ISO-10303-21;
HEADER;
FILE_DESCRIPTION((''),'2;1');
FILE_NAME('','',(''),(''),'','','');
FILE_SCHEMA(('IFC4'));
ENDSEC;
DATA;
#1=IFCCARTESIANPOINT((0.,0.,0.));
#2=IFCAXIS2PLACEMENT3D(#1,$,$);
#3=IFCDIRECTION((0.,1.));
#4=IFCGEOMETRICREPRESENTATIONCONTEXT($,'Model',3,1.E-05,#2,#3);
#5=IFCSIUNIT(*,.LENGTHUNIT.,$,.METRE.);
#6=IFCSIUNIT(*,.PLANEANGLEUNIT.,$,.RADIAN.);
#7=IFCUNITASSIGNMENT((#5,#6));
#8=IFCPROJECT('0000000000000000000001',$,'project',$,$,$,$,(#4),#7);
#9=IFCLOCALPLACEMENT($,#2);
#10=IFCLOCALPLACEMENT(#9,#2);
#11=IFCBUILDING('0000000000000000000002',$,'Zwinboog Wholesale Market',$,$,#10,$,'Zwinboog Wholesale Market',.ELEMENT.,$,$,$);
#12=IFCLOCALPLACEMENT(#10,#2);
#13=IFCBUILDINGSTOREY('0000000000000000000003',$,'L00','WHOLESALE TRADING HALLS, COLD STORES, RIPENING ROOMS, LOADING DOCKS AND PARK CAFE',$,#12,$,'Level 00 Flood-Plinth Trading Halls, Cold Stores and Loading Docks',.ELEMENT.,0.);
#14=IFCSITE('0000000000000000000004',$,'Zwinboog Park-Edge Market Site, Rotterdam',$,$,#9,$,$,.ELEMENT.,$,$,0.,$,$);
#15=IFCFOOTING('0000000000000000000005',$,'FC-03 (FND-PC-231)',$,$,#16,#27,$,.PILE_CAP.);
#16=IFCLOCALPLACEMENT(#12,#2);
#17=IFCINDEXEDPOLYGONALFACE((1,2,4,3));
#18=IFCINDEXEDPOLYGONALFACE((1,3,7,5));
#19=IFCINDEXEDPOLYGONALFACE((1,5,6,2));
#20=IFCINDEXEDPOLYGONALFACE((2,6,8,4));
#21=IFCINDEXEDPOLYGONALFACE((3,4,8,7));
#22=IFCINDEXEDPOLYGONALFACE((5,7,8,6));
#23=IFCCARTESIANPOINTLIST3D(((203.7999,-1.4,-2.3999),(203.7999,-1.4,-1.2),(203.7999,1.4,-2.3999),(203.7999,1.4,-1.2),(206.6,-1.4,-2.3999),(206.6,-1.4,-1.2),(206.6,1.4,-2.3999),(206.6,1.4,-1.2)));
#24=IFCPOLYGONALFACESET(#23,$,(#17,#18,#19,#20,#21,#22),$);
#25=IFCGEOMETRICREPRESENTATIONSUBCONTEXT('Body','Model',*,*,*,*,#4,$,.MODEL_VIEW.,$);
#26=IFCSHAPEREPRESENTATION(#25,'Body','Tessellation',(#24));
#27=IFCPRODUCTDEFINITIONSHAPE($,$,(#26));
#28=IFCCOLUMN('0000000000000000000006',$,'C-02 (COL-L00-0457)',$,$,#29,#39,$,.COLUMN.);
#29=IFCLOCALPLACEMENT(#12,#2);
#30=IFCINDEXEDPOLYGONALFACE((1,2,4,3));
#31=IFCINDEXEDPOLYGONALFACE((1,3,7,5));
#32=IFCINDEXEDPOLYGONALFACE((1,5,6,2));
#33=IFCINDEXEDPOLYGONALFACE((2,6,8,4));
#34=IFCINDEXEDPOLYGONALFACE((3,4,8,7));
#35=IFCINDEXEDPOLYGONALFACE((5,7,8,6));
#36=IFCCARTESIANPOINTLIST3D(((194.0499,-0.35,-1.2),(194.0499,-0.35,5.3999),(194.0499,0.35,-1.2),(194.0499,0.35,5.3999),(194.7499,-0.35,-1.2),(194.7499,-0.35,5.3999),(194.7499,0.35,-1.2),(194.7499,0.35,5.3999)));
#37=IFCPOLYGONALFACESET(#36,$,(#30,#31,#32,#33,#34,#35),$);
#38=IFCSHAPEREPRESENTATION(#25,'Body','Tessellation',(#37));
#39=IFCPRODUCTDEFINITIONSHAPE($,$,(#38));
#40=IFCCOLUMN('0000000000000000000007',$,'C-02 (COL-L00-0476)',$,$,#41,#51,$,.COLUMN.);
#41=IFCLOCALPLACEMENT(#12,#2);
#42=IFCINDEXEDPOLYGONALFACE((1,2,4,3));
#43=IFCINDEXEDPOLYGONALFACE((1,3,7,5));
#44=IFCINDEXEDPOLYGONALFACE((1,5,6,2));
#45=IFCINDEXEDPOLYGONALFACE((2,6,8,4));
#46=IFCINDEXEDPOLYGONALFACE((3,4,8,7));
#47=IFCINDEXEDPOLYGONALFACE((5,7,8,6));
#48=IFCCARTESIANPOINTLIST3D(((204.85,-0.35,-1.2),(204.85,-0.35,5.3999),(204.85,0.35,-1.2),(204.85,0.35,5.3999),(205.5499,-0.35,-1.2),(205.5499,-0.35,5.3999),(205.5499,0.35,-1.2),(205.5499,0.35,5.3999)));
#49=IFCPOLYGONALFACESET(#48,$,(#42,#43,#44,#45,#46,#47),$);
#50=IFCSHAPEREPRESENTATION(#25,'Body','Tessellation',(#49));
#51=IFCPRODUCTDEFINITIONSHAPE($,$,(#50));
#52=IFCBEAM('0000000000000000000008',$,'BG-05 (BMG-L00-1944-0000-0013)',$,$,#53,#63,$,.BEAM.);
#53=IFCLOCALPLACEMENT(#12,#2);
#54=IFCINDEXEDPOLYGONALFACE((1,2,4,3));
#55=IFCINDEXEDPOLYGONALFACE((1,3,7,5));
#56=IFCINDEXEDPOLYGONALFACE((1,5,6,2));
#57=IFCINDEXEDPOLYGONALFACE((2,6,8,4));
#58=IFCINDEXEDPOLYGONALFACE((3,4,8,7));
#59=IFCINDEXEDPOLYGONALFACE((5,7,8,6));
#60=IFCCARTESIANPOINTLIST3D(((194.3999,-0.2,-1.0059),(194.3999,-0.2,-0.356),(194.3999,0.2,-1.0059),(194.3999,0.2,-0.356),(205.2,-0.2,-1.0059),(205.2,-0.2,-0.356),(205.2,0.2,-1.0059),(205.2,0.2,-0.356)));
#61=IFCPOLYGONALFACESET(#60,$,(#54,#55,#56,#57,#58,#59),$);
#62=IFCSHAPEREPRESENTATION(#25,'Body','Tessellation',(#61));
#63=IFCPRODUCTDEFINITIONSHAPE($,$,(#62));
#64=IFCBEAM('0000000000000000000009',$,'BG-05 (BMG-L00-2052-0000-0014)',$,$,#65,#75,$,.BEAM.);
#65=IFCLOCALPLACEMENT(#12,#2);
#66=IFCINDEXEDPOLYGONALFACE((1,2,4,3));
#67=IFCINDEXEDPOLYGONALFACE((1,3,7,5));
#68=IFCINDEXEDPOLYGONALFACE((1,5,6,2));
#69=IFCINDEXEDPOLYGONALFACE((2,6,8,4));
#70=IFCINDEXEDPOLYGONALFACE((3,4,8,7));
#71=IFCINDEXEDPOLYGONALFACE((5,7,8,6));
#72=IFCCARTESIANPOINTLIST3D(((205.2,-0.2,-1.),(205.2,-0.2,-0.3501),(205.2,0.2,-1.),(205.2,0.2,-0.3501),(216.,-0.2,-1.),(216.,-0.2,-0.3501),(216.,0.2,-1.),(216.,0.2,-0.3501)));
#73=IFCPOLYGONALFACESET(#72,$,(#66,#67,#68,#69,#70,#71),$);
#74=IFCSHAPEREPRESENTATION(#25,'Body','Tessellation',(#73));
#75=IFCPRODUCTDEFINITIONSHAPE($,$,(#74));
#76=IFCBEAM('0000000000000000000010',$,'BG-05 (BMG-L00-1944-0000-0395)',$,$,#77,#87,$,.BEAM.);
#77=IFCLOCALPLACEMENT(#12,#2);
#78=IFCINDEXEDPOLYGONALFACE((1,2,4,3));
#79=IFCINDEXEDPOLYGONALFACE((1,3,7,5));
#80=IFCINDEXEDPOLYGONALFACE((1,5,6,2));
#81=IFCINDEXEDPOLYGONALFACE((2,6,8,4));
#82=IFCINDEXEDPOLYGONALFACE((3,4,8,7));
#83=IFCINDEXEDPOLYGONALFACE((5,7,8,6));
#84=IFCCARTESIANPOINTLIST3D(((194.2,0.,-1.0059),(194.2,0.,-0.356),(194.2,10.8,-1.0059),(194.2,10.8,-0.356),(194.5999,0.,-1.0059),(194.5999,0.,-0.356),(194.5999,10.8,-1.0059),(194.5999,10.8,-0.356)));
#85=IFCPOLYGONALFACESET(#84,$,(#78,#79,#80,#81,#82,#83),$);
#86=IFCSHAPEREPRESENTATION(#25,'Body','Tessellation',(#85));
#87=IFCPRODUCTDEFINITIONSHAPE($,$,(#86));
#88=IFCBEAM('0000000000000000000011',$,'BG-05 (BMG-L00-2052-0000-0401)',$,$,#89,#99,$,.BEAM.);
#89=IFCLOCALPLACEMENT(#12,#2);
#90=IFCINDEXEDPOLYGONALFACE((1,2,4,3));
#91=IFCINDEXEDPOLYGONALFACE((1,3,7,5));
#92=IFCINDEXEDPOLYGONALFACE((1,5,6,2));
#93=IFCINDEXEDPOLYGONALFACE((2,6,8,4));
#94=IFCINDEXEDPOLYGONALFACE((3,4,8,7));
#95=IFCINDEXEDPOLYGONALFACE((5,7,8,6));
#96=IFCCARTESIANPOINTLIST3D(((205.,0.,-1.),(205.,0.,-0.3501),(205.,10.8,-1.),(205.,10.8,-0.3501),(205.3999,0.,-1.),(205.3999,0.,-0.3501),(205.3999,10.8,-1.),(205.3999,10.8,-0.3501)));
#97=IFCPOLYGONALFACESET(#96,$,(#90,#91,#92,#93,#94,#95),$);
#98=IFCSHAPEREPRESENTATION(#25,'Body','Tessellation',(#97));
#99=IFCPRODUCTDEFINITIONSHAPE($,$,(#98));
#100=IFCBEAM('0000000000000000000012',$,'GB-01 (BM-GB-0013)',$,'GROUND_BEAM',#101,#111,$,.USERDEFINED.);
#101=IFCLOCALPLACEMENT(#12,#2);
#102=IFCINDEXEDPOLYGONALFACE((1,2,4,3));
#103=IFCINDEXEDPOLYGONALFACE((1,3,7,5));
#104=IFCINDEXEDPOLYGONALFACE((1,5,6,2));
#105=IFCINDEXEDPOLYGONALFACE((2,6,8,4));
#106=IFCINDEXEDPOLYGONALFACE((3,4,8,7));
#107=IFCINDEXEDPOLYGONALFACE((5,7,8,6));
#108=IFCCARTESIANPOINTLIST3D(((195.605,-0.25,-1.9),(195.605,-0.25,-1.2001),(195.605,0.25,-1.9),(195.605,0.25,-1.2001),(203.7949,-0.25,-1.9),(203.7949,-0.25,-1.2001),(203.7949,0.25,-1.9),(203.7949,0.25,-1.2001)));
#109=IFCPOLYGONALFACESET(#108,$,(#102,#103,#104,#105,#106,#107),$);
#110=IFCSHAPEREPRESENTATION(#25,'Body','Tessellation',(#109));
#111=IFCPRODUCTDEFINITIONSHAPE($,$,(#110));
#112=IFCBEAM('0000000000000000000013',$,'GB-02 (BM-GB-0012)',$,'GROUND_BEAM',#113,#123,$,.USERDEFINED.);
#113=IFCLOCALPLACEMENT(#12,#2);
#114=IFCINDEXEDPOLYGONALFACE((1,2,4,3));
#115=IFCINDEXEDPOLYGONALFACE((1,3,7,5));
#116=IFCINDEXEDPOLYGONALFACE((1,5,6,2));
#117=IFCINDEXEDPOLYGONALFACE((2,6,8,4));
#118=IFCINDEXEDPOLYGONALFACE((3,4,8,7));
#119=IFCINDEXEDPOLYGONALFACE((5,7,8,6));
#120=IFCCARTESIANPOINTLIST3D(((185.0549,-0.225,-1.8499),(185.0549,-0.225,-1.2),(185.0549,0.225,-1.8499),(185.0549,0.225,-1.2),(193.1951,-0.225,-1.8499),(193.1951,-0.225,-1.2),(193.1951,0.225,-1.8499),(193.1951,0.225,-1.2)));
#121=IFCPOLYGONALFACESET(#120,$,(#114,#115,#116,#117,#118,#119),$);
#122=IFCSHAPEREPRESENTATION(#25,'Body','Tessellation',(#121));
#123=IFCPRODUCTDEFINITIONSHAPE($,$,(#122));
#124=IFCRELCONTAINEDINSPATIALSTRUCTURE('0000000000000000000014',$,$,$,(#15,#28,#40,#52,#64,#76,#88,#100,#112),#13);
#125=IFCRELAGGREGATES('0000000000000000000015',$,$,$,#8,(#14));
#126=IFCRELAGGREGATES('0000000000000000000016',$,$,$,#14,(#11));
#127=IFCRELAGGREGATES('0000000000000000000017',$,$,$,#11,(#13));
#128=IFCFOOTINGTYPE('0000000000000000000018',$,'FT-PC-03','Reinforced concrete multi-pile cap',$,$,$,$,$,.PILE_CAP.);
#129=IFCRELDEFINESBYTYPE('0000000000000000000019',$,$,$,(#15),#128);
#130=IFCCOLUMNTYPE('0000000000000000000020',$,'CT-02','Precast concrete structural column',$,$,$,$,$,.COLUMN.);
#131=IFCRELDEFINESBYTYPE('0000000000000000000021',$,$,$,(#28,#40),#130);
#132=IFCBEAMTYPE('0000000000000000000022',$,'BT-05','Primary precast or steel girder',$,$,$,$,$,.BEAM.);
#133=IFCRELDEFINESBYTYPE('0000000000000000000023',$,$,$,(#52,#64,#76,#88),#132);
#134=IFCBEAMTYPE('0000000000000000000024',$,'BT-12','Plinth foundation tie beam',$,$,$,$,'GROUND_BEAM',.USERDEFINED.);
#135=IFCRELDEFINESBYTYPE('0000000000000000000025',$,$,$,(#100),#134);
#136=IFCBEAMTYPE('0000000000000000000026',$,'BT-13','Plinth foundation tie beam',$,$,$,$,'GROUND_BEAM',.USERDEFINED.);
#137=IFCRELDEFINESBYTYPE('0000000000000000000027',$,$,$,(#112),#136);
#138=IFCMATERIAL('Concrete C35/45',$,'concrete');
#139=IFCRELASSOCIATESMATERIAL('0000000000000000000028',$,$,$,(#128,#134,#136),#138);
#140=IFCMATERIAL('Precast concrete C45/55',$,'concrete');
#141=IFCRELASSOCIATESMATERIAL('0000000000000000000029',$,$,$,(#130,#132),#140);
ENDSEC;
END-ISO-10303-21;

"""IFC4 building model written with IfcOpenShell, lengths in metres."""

from ifc_helpers import new_model, si_unit, direction, frame, origin, origin_2d, place, context, subcontext, project, spatial, rectangle, extrude, material, material_profile, profile_set, type_object, element, save


model = new_model("IFC4")

# Units and contexts
model_context = context("Model", 3, precision=1e-05, world=origin(), true_north=direction((0.0, 1.0)))
body_context = subcontext(model_context, "Body", "Model", "MODEL_VIEW")
ifc_project = project(units=[si_unit("LENGTHUNIT", "METRE"), si_unit("PLANEANGLEUNIT", "RADIAN")], contexts=[model_context])

# Site, building, storey
site_placement = place(None, origin())
site = spatial("IfcSite", under=ifc_project, at=site_placement, Name="Zwinboog Park-Edge Market Site, Rotterdam", CompositionType="ELEMENT", RefElevation=0.0)
building_placement = place(site_placement, origin())
building = spatial("IfcBuilding", under=site, at=building_placement, Name="Zwinboog Wholesale Market", LongName="Zwinboog Wholesale Market", CompositionType="ELEMENT")
storey_placement = place(building_placement, origin())
storey = spatial("IfcBuildingStorey", under=building, at=storey_placement, Name="L00", Description="WHOLESALE TRADING HALLS, COLD STORES, RIPENING ROOMS, LOADING DOCKS AND PARK CAFE", LongName="Level 00 Flood-Plinth Trading Halls, Cold Stores and Loading Docks", CompositionType="ELEMENT", Elevation=0.0)

# Footing
ifc_material_1 = material(Name="Concrete C35/45", Category="concrete")
footing_type_1 = type_object("IfcFootingType", Name="FT-PC-03", Description="Reinforced concrete multi-pile cap", PredefinedType="PILE_CAP", material=ifc_material_1)
footing_1_placement = place(storey_placement, frame((205.2, 0.0, -2.3999), z_axis=(0.0, 0.0, 1.0), x_axis=(1.0, 0.0, 0.0)))
element("IfcFooting", 1, at=footing_1_placement, inside=storey, type_object=footing_type_1, Name="FC-03 (FND-PC-231)", PredefinedType="PILE_CAP", context=body_context, shape_type="SweptSolid", body=[
    extrude(rectangle(XDim=2.8, YDim=2.8, at=origin_2d()), origin(), (0.0, 0.0, 1.0), 1.2),
])

# Columns
ifc_material_2 = material(Name="Precast concrete C45/55", Category="concrete")
ifc_material_profile_1 = material_profile(ifc_material_2, rectangle(XDim=0.7, YDim=0.7, at=origin_2d()), Name="PC 700x700")
ifc_profile_set_1 = profile_set([ifc_material_profile_1], Name="Precast concrete C45/55")
column_type = type_object("IfcColumnType", Name="CT-02", Description="Precast concrete structural column", PredefinedType="COLUMN", material=ifc_profile_set_1)
for number, where, z_axis, x_axis, name in (
    (2, (194.3999, 0.0, -1.2), (0.0, 0.0, 1.0), (1.0, 0.0, 0.0), "C-02 (COL-L00-0457)"),
    (3, (205.2, 0.0, -1.2), (0.0, 0.0, 1.0), (1.0, 0.0, 0.0), "C-02 (COL-L00-0476)"),
):
    element("IfcColumn", number, at=place(storey_placement, frame(where, z_axis=z_axis, x_axis=x_axis)), inside=storey, type_object=column_type, Name=name, PredefinedType="COLUMN", context=body_context, shape_type="SweptSolid", body=[
        extrude(rectangle(XDim=0.7, YDim=0.7, at=origin_2d()), origin(), (0.0, 0.0, 1.0), 6.5999),
    ])

# Beams
ifc_material_profile_2 = material_profile(ifc_material_2, rectangle(XDim=0.3999, YDim=0.6499, at=origin_2d()), Name="PC 400x650")
ifc_profile_set_2 = profile_set([ifc_material_profile_2], Name="Precast concrete C45/55")
beam_type_1 = type_object("IfcBeamType", Name="BT-05", Description="Primary precast or steel girder", PredefinedType="BEAM", material=ifc_profile_set_2)
for number, where, z_axis, x_axis, name in (
    (4, (194.3999, 0.0, -0.6809), (1.0, 0.0, 0.0), (0.0, 1.0, 0.0), "BG-05 (BMG-L00-1944-0000-0013)"),
    (5, (205.2, 0.0, -0.675), (1.0, 0.0, 0.0), (0.0, 1.0, 0.0), "BG-05 (BMG-L00-2052-0000-0014)"),
    (6, (194.3999, 0.0, -0.6809), (0.0, 1.0, 0.0), (-1.0, 0.0, 0.0), "BG-05 (BMG-L00-1944-0000-0395)"),
    (7, (205.2, 0.0, -0.675), (0.0, 1.0, 0.0), (-1.0, 0.0, 0.0), "BG-05 (BMG-L00-2052-0000-0401)"),
):
    element("IfcBeam", number, at=place(storey_placement, frame(where, z_axis=z_axis, x_axis=x_axis)), inside=storey, type_object=beam_type_1, Name=name, PredefinedType="BEAM", context=body_context, shape_type="SweptSolid", body=[
        extrude(rectangle(XDim=0.3999, YDim=0.6499, at=origin_2d()), origin(), (0.0, 0.0, 1.0), 10.8),
    ])
ifc_material_profile_3 = material_profile(ifc_material_1, rectangle(XDim=0.5, YDim=0.7, at=origin_2d()), Name="RC 500x700")
ifc_profile_set_3 = profile_set([ifc_material_profile_3], Name="Concrete C35/45")
beam_type_2 = type_object("IfcBeamType", Name="BT-12", Description="Plinth foundation tie beam", ElementType="GROUND_BEAM", PredefinedType="USERDEFINED", material=ifc_profile_set_3)
beam_1_placement = place(storey_placement, frame((195.605, 0.0, -1.55), z_axis=(1.0, 0.0, 0.0), x_axis=(0.0, 1.0, 0.0)))
element("IfcBeam", 8, at=beam_1_placement, inside=storey, type_object=beam_type_2, Name="GB-01 (BM-GB-0013)", ObjectType="GROUND_BEAM", PredefinedType="USERDEFINED", context=body_context, shape_type="SweptSolid", body=[
    extrude(rectangle(XDim=0.5, YDim=0.7, at=origin_2d()), origin(), (0.0, 0.0, 1.0), 8.1899),
])
ifc_material_profile_4 = material_profile(ifc_material_1, rectangle(XDim=0.45, YDim=0.6499, at=origin_2d()), Name="RC 450x650")
ifc_profile_set_4 = profile_set([ifc_material_profile_4], Name="Concrete C35/45")
beam_type_3 = type_object("IfcBeamType", Name="BT-13", Description="Plinth foundation tie beam", ElementType="GROUND_BEAM", PredefinedType="USERDEFINED", material=ifc_profile_set_4)
beam_2_placement = place(storey_placement, frame((185.0549, 0.0, -1.5249), z_axis=(1.0, 0.0, 0.0), x_axis=(0.0, 1.0, 0.0)))
element("IfcBeam", 9, at=beam_2_placement, inside=storey, type_object=beam_type_3, Name="GB-02 (BM-GB-0012)", ObjectType="GROUND_BEAM", PredefinedType="USERDEFINED", context=body_context, shape_type="SweptSolid", body=[
    extrude(rectangle(XDim=0.45, YDim=0.6499, at=origin_2d()), origin(), (0.0, 0.0, 1.0), 8.1401),
])

save(model, "model.ifc")
